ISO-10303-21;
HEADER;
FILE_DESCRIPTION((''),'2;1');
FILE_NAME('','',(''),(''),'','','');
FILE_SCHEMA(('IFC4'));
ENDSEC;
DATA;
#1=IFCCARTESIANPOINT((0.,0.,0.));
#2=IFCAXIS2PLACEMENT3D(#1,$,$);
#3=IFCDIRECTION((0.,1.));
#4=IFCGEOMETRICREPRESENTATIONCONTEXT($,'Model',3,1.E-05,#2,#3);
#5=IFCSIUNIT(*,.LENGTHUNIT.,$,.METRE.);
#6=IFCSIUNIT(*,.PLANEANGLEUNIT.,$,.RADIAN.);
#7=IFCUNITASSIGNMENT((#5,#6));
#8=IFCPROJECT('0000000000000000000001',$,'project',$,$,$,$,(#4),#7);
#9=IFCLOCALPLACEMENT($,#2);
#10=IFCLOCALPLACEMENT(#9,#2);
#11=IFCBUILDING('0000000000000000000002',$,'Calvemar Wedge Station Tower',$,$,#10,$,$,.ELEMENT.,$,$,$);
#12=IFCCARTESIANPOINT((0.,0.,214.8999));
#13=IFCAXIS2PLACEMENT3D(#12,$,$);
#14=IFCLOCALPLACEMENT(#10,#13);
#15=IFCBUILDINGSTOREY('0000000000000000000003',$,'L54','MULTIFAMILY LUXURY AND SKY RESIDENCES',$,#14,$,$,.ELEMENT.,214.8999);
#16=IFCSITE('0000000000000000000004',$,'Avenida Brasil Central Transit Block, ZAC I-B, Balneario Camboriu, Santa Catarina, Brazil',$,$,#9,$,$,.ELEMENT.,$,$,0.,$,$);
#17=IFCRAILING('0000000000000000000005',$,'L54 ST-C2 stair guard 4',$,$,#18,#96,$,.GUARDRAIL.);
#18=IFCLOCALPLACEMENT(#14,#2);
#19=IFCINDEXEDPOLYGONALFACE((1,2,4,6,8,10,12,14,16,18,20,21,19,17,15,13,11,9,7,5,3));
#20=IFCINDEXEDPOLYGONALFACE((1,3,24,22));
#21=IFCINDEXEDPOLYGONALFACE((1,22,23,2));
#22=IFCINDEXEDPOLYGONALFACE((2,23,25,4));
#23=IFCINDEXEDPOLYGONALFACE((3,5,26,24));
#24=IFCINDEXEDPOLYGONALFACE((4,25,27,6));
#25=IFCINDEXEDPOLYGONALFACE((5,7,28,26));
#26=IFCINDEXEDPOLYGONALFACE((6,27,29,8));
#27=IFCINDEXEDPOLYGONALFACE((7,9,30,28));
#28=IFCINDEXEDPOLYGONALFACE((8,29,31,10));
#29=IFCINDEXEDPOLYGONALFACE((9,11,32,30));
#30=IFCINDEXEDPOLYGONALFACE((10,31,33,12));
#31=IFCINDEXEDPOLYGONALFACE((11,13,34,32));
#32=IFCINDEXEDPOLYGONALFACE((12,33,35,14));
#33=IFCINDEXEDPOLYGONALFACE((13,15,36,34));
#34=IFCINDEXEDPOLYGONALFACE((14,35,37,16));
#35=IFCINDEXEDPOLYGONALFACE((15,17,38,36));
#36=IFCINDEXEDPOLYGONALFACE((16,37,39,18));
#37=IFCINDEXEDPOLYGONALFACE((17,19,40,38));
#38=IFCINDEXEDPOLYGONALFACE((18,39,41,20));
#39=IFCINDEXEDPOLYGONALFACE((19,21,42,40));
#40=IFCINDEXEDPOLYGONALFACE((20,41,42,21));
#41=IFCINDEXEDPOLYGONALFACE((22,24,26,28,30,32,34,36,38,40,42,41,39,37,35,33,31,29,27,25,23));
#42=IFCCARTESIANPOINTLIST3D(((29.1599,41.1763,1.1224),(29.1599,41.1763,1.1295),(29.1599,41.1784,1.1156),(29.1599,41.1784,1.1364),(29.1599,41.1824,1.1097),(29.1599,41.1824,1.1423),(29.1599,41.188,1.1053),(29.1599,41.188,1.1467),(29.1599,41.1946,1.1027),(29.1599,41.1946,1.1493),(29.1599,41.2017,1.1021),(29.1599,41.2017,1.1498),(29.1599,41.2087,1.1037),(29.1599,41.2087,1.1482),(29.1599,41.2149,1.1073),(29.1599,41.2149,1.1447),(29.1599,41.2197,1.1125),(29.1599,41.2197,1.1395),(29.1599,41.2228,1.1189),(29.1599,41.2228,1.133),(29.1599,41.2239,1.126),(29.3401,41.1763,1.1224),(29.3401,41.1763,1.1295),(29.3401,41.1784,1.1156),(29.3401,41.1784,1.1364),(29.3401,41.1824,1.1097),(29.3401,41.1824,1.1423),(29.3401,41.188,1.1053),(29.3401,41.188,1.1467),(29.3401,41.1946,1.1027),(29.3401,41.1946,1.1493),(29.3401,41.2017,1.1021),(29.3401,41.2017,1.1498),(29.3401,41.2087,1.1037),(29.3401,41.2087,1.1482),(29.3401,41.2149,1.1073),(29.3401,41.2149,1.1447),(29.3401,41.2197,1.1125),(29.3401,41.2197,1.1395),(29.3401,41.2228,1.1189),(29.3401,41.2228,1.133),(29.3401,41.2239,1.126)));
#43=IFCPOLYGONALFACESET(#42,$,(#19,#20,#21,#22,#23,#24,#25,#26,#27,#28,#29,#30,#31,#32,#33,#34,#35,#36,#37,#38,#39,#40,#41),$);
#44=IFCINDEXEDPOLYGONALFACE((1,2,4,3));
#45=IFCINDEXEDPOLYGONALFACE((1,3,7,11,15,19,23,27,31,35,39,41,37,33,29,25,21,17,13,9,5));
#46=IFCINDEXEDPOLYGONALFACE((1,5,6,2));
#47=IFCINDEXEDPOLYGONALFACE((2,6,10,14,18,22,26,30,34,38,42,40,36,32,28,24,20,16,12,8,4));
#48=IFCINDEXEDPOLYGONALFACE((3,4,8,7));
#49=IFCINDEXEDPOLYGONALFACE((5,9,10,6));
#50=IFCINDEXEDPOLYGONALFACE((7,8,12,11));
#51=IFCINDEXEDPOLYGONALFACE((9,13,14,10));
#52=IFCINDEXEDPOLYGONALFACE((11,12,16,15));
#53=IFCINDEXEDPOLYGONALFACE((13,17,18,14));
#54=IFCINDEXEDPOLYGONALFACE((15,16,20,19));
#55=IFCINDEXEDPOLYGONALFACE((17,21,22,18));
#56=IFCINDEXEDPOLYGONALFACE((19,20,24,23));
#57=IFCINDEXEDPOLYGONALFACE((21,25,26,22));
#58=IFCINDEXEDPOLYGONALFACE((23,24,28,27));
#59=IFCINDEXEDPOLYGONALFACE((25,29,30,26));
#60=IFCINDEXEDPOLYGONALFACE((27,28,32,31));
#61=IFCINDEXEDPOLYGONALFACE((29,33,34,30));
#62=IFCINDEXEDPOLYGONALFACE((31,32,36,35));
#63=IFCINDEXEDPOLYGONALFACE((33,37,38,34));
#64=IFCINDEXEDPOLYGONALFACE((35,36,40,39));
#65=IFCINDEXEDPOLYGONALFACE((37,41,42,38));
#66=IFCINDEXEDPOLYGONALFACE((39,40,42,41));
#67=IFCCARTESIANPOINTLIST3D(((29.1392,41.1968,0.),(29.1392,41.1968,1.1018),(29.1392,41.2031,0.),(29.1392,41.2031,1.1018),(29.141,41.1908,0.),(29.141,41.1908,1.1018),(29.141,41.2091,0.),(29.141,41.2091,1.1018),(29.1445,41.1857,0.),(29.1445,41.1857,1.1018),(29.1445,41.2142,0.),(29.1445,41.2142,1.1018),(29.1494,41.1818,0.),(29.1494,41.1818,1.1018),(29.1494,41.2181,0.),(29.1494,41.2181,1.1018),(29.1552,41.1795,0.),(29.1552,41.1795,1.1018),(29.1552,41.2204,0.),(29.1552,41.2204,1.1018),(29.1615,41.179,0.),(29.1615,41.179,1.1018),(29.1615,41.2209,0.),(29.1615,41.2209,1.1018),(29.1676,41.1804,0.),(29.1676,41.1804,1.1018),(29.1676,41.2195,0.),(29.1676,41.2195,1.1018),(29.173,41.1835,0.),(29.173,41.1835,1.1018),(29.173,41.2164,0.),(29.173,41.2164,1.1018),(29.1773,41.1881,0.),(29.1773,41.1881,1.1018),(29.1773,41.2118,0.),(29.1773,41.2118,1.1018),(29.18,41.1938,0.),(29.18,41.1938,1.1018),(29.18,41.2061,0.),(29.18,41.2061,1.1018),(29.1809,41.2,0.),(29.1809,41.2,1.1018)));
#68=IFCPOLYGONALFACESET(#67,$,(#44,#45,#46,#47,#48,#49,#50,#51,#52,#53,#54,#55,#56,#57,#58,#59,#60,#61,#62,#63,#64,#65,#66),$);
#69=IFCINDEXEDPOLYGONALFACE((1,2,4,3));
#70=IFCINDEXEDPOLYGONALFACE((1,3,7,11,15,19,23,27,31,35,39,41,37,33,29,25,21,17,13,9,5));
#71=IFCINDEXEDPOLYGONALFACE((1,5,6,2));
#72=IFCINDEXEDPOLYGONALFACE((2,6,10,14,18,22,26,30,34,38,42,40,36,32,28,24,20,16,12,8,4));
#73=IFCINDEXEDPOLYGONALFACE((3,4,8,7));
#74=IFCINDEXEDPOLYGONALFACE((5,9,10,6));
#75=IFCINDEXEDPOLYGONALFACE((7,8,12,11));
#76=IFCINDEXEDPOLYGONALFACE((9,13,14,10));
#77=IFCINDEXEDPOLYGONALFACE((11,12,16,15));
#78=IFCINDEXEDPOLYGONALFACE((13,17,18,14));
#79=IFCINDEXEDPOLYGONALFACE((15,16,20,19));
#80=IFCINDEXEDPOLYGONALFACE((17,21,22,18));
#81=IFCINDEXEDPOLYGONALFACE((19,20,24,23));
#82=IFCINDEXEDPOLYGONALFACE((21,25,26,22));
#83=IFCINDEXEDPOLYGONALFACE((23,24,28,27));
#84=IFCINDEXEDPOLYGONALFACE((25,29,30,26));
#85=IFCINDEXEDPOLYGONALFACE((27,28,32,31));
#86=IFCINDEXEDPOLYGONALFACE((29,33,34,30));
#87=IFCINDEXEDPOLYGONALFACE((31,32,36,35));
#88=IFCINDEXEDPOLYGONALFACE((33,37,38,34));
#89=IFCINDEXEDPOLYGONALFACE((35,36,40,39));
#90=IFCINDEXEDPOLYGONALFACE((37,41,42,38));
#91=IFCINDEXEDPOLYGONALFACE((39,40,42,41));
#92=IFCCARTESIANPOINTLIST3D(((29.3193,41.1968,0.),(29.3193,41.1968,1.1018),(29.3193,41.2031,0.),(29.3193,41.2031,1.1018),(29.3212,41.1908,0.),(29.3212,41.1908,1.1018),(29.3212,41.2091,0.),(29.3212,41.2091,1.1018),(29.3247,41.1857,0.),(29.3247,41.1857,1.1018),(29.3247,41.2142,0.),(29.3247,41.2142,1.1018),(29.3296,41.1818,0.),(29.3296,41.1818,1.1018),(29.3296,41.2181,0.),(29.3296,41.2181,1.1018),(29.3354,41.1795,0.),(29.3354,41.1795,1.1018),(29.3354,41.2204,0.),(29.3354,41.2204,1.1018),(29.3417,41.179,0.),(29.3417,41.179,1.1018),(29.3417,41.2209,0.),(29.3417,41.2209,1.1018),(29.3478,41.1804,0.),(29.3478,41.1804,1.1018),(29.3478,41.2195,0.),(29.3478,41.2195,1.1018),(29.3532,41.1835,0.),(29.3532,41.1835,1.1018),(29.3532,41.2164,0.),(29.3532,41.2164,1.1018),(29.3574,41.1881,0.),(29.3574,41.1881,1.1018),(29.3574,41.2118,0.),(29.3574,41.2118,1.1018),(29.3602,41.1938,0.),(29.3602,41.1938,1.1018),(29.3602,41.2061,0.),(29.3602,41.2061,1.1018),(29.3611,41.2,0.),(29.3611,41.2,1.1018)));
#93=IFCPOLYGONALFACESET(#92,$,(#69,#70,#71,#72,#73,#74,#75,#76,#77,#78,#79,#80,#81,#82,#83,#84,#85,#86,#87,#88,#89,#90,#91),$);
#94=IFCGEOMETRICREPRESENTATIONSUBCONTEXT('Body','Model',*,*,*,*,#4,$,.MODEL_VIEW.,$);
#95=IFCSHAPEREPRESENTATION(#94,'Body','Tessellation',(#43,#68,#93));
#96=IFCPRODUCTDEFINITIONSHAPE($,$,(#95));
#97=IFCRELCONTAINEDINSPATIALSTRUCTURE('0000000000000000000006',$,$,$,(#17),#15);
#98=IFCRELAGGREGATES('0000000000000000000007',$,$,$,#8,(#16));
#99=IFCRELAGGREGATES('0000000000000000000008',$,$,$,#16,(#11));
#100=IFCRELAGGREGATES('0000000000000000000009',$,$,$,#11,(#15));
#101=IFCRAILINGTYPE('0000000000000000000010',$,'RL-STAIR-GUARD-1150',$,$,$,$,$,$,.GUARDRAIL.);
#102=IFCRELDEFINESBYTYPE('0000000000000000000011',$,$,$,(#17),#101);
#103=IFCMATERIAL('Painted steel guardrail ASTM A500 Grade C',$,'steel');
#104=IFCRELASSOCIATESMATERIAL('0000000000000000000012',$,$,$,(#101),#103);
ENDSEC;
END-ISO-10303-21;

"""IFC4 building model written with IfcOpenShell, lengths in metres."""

from ifc_helpers import new_model, si_unit, direction, frame, origin, origin_2d, place, context, subcontext, project, spatial, circle, extrude, material, type_object, element, save


model = new_model("IFC4")

# Units and contexts
model_context = context("Model", 3, precision=1e-05, world=origin(), true_north=direction((0.0, 1.0)))
body_context = subcontext(model_context, "Body", "Model", "MODEL_VIEW")
ifc_project = project(units=[si_unit("LENGTHUNIT", "METRE"), si_unit("PLANEANGLEUNIT", "RADIAN")], contexts=[model_context])

# Site, building, storey
site_placement = place(None, origin())
site = spatial("IfcSite", under=ifc_project, at=site_placement, Name="Avenida Brasil Central Transit Block, ZAC I-B, Balneario Camboriu, Santa Catarina, Brazil", CompositionType="ELEMENT", RefElevation=0.0)
building_placement = place(site_placement, origin())
building = spatial("IfcBuilding", under=site, at=building_placement, Name="Calvemar Wedge Station Tower", CompositionType="ELEMENT")
storey_placement = place(building_placement, frame((0.0, 0.0, 214.8999)))
storey = spatial("IfcBuildingStorey", under=building, at=storey_placement, Name="L54", Description="MULTIFAMILY LUXURY AND SKY RESIDENCES", CompositionType="ELEMENT", Elevation=214.8999)

# Railing
ifc_material_1 = material(Name="Painted steel guardrail ASTM A500 Grade C", Category="steel")
railing_type_1 = type_object("IfcRailingType", Name="RL-STAIR-GUARD-1150", PredefinedType="GUARDRAIL", material=ifc_material_1)
railing_1_placement = place(storey_placement, frame((29.1599, 41.2, 0.0)))
element("IfcRailing", 1, at=railing_1_placement, inside=storey, type_object=railing_type_1, Name="L54 ST-C2 stair guard 4", PredefinedType="GUARDRAIL", context=body_context, shape_type="SweptSolid", body=[
    extrude(circle(Radius=0.0239, at=origin_2d()), frame((0.0, 0.0, 1.126), z_axis=(1.0, 0.0, 0.0), x_axis=(0.0, 1.0, 0.0)), (0.0, 0.0, 1.0), 0.1802),
    extrude(circle(Radius=0.021, at=origin_2d()), origin(), (0.0, 0.0, 1.0), 1.1018),
    extrude(circle(Radius=0.021, at=origin_2d()), frame((0.1802, 0.0, 0.0)), (0.0, 0.0, 1.0), 1.1018),
])

save(model, "model.ifc")
